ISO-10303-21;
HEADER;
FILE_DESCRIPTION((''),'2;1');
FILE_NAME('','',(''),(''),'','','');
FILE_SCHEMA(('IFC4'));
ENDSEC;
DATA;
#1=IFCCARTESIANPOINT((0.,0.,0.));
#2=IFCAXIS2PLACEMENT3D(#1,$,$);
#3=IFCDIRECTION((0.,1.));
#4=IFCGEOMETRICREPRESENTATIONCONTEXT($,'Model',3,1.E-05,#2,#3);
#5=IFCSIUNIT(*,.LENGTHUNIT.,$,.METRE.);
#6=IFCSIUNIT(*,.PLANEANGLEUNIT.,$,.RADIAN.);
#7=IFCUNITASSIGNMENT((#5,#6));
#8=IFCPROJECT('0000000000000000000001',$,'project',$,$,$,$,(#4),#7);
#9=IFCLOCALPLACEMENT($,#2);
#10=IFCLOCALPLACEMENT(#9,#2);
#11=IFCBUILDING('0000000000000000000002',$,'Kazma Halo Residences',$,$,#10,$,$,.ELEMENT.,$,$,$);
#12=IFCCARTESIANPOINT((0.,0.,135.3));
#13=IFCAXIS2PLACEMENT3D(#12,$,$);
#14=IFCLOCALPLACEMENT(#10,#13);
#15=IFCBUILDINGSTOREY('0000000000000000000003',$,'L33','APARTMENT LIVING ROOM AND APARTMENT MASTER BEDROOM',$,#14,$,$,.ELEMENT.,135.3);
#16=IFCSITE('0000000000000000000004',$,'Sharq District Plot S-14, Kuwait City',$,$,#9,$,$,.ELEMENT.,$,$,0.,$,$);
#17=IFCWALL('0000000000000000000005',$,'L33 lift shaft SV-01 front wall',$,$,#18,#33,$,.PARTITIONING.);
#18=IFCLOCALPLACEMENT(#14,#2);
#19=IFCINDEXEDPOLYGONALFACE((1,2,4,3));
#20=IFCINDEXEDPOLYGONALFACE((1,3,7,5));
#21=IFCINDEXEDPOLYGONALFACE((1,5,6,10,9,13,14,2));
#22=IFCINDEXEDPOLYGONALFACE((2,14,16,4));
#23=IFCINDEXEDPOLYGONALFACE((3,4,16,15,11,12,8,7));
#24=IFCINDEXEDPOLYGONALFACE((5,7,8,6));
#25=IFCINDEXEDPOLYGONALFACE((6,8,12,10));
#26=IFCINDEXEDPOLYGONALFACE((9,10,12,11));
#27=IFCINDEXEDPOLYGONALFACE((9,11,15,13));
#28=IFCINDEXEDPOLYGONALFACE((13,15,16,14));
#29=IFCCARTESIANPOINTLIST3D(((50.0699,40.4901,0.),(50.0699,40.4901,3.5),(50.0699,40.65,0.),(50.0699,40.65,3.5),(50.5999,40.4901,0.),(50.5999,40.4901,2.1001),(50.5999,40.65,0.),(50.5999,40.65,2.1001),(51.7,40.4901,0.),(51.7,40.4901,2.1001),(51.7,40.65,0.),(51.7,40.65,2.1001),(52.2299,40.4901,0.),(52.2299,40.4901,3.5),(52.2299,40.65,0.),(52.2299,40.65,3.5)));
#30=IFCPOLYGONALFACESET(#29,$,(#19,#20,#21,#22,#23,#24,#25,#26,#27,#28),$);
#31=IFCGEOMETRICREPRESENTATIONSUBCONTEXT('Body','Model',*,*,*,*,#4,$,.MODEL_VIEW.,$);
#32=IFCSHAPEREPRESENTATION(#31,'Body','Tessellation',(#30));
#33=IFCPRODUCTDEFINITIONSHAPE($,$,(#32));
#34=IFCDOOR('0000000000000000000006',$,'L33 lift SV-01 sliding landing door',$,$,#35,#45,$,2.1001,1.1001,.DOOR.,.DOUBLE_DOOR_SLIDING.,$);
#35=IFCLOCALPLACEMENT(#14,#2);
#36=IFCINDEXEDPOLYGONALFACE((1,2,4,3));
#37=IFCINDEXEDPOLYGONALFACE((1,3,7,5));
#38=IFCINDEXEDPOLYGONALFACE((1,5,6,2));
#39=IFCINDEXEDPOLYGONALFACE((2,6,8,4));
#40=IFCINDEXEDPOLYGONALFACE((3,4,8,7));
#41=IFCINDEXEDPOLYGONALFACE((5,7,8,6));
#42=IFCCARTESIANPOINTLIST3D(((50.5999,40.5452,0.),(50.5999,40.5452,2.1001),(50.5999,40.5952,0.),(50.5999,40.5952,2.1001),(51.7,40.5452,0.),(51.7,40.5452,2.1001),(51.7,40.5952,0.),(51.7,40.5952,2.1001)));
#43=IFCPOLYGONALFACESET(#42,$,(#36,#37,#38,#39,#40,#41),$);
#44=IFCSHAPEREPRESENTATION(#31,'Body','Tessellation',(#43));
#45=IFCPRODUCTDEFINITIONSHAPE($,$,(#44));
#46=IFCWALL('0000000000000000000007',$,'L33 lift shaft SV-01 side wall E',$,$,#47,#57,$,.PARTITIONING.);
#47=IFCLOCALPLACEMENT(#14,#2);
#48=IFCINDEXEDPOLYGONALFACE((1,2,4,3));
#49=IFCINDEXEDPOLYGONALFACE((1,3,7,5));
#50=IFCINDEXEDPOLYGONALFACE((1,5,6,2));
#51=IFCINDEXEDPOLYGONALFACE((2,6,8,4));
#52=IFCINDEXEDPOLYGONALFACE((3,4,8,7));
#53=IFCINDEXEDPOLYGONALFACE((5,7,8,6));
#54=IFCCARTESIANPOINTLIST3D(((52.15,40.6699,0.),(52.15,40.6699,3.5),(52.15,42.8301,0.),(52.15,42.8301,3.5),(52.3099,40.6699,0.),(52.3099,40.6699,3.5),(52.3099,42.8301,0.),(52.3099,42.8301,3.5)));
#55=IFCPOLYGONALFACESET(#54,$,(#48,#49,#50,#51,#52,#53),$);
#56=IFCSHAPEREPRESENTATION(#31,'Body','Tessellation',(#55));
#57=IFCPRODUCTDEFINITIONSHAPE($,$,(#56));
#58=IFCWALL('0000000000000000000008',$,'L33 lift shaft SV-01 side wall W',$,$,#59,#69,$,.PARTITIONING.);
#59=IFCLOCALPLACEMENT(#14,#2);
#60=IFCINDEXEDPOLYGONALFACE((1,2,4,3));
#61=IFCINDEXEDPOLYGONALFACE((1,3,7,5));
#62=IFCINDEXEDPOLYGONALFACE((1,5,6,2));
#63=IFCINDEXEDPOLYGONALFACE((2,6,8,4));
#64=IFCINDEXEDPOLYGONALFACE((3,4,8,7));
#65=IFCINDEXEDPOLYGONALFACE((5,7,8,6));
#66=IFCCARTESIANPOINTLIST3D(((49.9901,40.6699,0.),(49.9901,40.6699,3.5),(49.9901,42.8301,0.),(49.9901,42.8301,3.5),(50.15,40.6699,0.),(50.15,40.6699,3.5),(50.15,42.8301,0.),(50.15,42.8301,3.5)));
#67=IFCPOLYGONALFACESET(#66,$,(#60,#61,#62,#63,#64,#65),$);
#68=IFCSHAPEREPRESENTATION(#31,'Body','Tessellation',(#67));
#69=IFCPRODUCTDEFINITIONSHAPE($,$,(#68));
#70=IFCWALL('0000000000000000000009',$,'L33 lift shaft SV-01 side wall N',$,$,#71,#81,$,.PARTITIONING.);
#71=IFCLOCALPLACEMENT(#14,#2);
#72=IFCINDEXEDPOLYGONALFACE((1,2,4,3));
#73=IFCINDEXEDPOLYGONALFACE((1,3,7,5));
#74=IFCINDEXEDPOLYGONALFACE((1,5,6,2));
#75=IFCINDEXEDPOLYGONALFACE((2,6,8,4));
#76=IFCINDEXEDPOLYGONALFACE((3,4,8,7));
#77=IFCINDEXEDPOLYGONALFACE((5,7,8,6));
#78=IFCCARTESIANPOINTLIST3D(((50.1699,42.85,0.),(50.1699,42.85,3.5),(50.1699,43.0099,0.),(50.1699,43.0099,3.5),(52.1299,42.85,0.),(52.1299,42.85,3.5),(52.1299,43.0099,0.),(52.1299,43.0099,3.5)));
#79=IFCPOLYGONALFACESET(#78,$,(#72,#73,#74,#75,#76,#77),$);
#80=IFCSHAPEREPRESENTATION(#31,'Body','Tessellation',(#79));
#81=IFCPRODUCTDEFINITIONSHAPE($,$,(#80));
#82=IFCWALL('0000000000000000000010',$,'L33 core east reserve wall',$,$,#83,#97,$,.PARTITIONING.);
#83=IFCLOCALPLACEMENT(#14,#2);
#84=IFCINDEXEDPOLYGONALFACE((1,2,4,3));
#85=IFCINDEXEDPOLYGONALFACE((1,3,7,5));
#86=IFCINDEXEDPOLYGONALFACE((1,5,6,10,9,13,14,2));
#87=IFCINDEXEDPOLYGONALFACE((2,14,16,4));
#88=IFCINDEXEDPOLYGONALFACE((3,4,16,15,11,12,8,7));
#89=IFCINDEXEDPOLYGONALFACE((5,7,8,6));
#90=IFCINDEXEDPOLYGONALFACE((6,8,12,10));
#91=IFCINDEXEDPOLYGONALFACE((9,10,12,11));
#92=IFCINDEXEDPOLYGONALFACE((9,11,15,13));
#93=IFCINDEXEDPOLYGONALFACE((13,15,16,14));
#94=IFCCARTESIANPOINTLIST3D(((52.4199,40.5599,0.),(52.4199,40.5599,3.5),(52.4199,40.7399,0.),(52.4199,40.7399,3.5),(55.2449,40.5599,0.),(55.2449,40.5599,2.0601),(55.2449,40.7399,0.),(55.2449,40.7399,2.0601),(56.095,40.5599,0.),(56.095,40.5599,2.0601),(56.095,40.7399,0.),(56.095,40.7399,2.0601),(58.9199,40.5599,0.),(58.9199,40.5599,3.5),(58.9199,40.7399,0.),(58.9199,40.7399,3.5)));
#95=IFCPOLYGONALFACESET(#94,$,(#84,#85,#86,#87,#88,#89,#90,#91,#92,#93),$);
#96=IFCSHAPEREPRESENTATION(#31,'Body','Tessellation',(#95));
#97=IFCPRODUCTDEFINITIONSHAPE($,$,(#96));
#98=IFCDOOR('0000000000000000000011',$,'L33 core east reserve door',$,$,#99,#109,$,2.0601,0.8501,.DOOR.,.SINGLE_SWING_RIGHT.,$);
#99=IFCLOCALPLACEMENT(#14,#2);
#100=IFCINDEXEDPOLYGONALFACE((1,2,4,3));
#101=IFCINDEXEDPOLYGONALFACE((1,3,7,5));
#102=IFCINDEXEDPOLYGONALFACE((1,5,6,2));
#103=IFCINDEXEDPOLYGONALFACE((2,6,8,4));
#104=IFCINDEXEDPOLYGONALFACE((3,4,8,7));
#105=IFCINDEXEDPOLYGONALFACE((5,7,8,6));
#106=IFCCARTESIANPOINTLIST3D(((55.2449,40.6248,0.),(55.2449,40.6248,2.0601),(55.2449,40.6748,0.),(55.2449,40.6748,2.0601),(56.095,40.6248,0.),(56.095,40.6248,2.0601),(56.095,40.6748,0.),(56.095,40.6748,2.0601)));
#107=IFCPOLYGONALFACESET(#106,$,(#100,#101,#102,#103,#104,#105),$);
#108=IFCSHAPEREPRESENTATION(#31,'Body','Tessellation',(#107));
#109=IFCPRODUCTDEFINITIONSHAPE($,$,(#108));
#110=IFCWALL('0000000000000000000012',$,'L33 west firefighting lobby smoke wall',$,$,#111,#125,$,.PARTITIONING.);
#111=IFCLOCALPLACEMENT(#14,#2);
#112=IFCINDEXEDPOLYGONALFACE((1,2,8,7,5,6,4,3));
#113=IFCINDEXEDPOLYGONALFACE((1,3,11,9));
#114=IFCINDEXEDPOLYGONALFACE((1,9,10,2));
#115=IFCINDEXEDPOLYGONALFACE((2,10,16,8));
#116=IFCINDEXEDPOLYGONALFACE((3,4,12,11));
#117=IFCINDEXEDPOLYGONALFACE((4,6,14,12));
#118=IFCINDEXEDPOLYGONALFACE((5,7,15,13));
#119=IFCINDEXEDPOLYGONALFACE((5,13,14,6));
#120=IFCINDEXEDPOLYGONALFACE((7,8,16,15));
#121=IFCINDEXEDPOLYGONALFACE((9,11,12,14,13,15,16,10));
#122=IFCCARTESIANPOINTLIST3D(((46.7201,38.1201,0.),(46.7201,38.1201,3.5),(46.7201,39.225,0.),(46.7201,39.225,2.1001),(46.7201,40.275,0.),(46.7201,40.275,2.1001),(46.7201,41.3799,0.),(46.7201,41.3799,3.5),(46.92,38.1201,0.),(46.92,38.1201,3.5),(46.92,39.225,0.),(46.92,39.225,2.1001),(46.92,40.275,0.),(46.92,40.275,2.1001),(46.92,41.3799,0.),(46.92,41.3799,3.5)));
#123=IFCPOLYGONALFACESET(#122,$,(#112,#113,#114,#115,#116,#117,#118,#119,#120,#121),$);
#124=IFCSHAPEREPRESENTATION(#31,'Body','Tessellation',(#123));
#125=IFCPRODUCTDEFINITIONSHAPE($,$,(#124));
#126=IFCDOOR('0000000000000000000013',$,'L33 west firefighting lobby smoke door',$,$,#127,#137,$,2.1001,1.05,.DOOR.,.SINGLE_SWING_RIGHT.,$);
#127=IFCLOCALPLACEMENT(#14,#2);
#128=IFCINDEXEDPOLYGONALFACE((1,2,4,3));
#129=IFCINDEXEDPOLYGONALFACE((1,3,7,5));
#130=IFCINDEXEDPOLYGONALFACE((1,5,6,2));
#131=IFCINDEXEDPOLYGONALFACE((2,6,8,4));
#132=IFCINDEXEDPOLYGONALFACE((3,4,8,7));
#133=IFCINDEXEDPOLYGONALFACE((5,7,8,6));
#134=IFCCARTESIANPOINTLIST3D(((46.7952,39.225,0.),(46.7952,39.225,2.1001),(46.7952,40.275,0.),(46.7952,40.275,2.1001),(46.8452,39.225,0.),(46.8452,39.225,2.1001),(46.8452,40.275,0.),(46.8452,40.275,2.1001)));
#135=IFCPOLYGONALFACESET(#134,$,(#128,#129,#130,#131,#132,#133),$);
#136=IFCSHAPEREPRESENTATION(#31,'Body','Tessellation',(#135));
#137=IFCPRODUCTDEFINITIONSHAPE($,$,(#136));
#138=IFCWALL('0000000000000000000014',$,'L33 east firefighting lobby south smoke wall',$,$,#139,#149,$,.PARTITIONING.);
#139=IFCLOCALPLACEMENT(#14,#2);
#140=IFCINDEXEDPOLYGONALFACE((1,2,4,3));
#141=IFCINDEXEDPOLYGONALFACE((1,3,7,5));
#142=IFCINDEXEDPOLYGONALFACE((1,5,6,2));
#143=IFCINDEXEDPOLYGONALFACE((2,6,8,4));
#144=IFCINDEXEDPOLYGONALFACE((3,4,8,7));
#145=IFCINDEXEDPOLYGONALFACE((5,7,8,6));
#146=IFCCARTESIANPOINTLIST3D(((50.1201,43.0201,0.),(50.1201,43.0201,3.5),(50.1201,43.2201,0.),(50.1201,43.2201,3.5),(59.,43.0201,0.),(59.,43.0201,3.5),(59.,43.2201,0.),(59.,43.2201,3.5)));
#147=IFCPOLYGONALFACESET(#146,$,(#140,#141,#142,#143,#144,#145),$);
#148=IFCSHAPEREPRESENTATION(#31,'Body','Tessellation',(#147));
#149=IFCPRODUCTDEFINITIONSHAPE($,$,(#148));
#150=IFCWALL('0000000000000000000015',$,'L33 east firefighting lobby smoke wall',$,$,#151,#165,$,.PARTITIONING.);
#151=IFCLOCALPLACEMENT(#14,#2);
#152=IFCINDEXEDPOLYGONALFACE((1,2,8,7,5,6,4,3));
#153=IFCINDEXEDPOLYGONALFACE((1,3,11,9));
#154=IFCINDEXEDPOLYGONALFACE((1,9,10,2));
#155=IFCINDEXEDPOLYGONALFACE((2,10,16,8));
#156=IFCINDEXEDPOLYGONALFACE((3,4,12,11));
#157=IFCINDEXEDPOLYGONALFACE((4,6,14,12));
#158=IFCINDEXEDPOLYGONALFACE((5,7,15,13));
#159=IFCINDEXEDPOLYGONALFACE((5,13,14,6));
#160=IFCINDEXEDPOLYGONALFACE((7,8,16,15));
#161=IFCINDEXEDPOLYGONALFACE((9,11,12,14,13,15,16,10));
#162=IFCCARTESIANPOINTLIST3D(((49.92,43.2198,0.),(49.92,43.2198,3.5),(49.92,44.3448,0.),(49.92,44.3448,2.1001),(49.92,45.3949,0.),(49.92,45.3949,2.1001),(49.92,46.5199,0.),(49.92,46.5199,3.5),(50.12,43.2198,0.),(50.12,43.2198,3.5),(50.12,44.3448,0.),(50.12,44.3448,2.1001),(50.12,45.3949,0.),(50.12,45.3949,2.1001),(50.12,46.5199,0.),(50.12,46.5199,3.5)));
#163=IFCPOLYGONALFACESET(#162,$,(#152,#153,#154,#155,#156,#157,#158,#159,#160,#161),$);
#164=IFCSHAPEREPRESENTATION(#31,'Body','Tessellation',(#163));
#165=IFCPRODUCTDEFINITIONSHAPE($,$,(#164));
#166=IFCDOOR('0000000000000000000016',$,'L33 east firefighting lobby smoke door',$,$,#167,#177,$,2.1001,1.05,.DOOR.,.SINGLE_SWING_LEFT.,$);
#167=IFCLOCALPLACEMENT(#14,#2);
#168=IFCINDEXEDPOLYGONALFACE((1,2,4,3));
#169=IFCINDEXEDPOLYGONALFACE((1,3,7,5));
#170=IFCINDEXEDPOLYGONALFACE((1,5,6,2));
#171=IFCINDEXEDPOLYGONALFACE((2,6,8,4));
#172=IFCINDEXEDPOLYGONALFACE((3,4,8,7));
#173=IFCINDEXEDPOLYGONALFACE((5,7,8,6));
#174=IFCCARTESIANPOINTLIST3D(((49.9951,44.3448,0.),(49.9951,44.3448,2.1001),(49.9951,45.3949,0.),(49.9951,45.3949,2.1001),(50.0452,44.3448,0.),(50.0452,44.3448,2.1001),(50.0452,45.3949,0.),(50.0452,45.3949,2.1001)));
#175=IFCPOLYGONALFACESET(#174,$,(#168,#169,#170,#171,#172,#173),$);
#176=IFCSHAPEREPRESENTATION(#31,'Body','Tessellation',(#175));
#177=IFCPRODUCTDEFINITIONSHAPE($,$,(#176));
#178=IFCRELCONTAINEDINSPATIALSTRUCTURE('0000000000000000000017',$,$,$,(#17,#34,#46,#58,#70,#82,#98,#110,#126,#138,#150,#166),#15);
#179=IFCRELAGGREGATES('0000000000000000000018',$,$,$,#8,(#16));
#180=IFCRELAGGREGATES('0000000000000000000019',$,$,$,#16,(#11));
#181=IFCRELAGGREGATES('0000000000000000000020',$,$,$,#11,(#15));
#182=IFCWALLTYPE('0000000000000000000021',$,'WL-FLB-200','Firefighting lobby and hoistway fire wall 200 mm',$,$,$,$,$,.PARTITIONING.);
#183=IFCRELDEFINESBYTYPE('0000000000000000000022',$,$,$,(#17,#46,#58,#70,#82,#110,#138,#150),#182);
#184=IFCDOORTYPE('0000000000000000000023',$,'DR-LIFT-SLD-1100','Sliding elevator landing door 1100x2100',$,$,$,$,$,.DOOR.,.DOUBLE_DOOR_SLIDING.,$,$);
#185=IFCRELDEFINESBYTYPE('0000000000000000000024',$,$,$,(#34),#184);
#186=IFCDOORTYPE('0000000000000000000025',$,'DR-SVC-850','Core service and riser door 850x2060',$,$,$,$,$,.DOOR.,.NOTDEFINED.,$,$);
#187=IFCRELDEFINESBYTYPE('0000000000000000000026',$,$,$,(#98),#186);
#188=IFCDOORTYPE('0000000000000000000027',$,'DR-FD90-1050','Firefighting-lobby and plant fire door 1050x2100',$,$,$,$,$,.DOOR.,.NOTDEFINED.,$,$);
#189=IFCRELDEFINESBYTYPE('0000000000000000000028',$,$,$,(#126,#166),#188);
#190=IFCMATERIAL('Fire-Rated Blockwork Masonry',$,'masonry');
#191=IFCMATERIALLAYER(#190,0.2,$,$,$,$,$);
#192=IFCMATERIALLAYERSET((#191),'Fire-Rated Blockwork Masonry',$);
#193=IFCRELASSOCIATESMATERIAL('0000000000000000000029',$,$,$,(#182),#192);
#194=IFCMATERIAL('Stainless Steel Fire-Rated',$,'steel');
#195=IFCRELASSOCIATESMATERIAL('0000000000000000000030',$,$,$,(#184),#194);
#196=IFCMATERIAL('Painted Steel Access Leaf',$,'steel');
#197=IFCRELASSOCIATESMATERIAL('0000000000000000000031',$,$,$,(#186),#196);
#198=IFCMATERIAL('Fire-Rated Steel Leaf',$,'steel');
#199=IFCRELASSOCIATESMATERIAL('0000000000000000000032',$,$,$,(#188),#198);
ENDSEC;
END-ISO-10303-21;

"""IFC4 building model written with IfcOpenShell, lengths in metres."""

from ifc_helpers import new_model, si_unit, direction, frame, frame_2d, origin, place, context, subcontext, project, spatial, rectangle, extrude, material, layer, layer_set, type_object, element, fill, save


model = new_model("IFC4")

# Units and contexts
model_context = context("Model", 3, precision=1e-05, world=origin(), true_north=direction((0.0, 1.0)))
body_context = subcontext(model_context, "Body", "Model", "MODEL_VIEW")
ifc_project = project(units=[si_unit("LENGTHUNIT", "METRE"), si_unit("PLANEANGLEUNIT", "RADIAN")], contexts=[model_context])

# Site, building, storey
site_placement = place(None, origin())
site = spatial("IfcSite", under=ifc_project, at=site_placement, Name="Sharq District Plot S-14, Kuwait City", CompositionType="ELEMENT", RefElevation=0.0)
building_placement = place(site_placement, origin())
building = spatial("IfcBuilding", under=site, at=building_placement, Name="Kazma Halo Residences", CompositionType="ELEMENT")
storey_placement = place(building_placement, frame((0.0, 0.0, 135.3)))
storey = spatial("IfcBuildingStorey", under=building, at=storey_placement, Name="L33", Description="APARTMENT LIVING ROOM AND APARTMENT MASTER BEDROOM", CompositionType="ELEMENT", Elevation=135.3)

# Shared definitions
ifc_material_1 = material(Name="Fire-Rated Blockwork Masonry", Category="masonry")
ifc_layer_1 = layer(ifc_material_1, 0.2)
ifc_layer_set_1 = layer_set([ifc_layer_1], Name="Fire-Rated Blockwork Masonry")
wall_type_1 = type_object("IfcWallType", Name="WL-FLB-200", Description="Firefighting lobby and hoistway fire wall 200 mm", PredefinedType="PARTITIONING", material=ifc_layer_set_1)

# Wall, opening, door
wall_1_placement = place(storey_placement, frame((52.23, 40.5701, 0.0), z_axis=(0.0, 0.0, 1.0), x_axis=(-1.0, 0.0, 0.0)))
wall_1 = element("IfcWall", 1, at=wall_1_placement, inside=storey, type_object=wall_type_1, Name="L33 lift shaft SV-01 front wall", PredefinedType="PARTITIONING", context=body_context, shape_type="SweptSolid", body=[
    extrude(rectangle(XDim=2.1599, YDim=0.1599, at=frame_2d((1.0801, 0.0))), origin(), (0.0, 0.0, 1.0), 3.5),
])
opening_1_placement = place(wall_1_placement, frame((0.53, 0.0, 0.0)))
opening_1 = element("IfcOpeningElement", 2, at=opening_1_placement, cuts=wall_1, PredefinedType="OPENING", context=body_context, shape_type="SweptSolid", body=[
    extrude(rectangle(XDim=1.1001, YDim=2.1001, at=frame_2d((0.55, 1.05))), frame((0.0, 0.0898, 0.0), z_axis=(0.0, -1.0, 0.0), x_axis=(1.0, 0.0, 0.0)), (0.0, 0.0, 1.0), 0.1799),
])
ifc_material_2 = material(Name="Stainless Steel Fire-Rated", Category="steel")
door_type_1 = type_object("IfcDoorType", Name="DR-LIFT-SLD-1100", Description="Sliding elevator landing door 1100x2100", OperationType="DOUBLE_DOOR_SLIDING", PredefinedType="DOOR", material=ifc_material_2)
door_1_placement = place(opening_1_placement, origin())
door_1 = element("IfcDoor", 3, at=door_1_placement, inside=storey, type_object=door_type_1, Name="L33 lift SV-01 sliding landing door", OperationType="DOUBLE_DOOR_SLIDING", OverallHeight=2.1001, OverallWidth=1.1001, PredefinedType="DOOR", context=body_context, shape_type="SweptSolid", body=[
    extrude(rectangle(XDim=1.1001, YDim=2.1001, at=frame_2d((0.55, 1.05))), frame((0.0, 0.0249, 0.0), z_axis=(0.0, -1.0, 0.0), x_axis=(1.0, 0.0, 0.0)), (0.0, 0.0, 1.0), 0.05),
])
fill(opening_1, door_1)

# Walls
for number, where, z_axis, x_axis, name in (
    (4, (52.23, 40.6699, 0.0), (0.0, 0.0, 1.0), (0.0, 1.0, 0.0), "L33 lift shaft SV-01 side wall E"),
    (5, (50.0701, 40.6699, 0.0), (0.0, 0.0, 1.0), (0.0, 1.0, 0.0), "L33 lift shaft SV-01 side wall W"),
):
    element("IfcWall", number, at=place(storey_placement, frame(where, z_axis=z_axis, x_axis=x_axis)), inside=storey, type_object=wall_type_1, Name=name, PredefinedType="PARTITIONING", context=body_context, shape_type="SweptSolid", body=[
        extrude(rectangle(XDim=2.1602, YDim=0.1599, at=frame_2d((1.0801, 0.0))), origin(), (0.0, 0.0, 1.0), 3.5),
    ])
wall_2_placement = place(storey_placement, frame((50.1699, 42.9299, 0.0), z_axis=(0.0, 0.0, 1.0), x_axis=(1.0, 0.0, 0.0)))
element("IfcWall", 6, at=wall_2_placement, inside=storey, type_object=wall_type_1, Name="L33 lift shaft SV-01 side wall N", PredefinedType="PARTITIONING", context=body_context, shape_type="SweptSolid", body=[
    extrude(rectangle(XDim=1.96, YDim=0.1599, at=frame_2d((0.98, 0.0))), origin(), (0.0, 0.0, 1.0), 3.5),
])

# Walls, openings, doors
wall_3_placement = place(storey_placement, frame((52.4199, 40.6499, 0.0), z_axis=(0.0, 0.0, 1.0), x_axis=(1.0, 0.0, 0.0)))
wall_3 = element("IfcWall", 7, at=wall_3_placement, inside=storey, type_object=wall_type_1, Name="L33 core east reserve wall", PredefinedType="PARTITIONING", context=body_context, shape_type="SweptSolid", body=[
    extrude(rectangle(XDim=6.5, YDim=0.1799, at=frame_2d((3.25, 0.0))), origin(), (0.0, 0.0, 1.0), 3.5),
])
opening_2_placement = place(wall_3_placement, frame((2.825, 0.0, 0.0)))
opening_2 = element("IfcOpeningElement", 8, at=opening_2_placement, cuts=wall_3, PredefinedType="OPENING", context=body_context, shape_type="SweptSolid", body=[
    extrude(rectangle(XDim=0.8501, YDim=2.0601, at=frame_2d((0.425, 1.03))), frame((0.0, 0.0999, 0.0), z_axis=(0.0, -1.0, 0.0), x_axis=(1.0, 0.0, 0.0)), (0.0, 0.0, 1.0), 0.2),
])
ifc_material_3 = material(Name="Painted Steel Access Leaf", Category="steel")
door_type_2 = type_object("IfcDoorType", Name="DR-SVC-850", Description="Core service and riser door 850x2060", OperationType="NOTDEFINED", PredefinedType="DOOR", material=ifc_material_3)
door_2_placement = place(opening_2_placement, origin())
door_2 = element("IfcDoor", 9, at=door_2_placement, inside=storey, type_object=door_type_2, Name="L33 core east reserve door", OperationType="SINGLE_SWING_RIGHT", OverallHeight=2.0601, OverallWidth=0.8501, PredefinedType="DOOR", context=body_context, shape_type="SweptSolid", body=[
    extrude(rectangle(XDim=0.8501, YDim=2.0601, at=frame_2d((0.425, 1.03))), frame((0.0, 0.0249, 0.0), z_axis=(0.0, -1.0, 0.0), x_axis=(1.0, 0.0, 0.0)), (0.0, 0.0, 1.0), 0.05),
])
fill(opening_2, door_2)
wall_4_placement = place(storey_placement, frame((46.8201, 38.1201, 0.0), z_axis=(0.0, 0.0, 1.0), x_axis=(0.0, 1.0, 0.0)))
wall_4 = element("IfcWall", 10, at=wall_4_placement, inside=storey, type_object=wall_type_1, Name="L33 west firefighting lobby smoke wall", PredefinedType="PARTITIONING", context=body_context, shape_type="SweptSolid", body=[
    extrude(rectangle(XDim=3.2598, YDim=0.2, at=frame_2d((1.6299, 0.0))), origin(), (0.0, 0.0, 1.0), 3.5),
])
opening_3_placement = place(wall_4_placement, frame((1.105, 0.0, 0.0)))
opening_3 = element("IfcOpeningElement", 11, at=opening_3_placement, cuts=wall_4, PredefinedType="OPENING", context=body_context, shape_type="SweptSolid", body=[
    extrude(rectangle(XDim=1.05, YDim=2.1001, at=frame_2d((0.5249, 1.05))), frame((0.0, 0.1099, 0.0), z_axis=(0.0, -1.0, 0.0), x_axis=(1.0, 0.0, 0.0)), (0.0, 0.0, 1.0), 0.22),
])
ifc_material_4 = material(Name="Fire-Rated Steel Leaf", Category="steel")
door_type_3 = type_object("IfcDoorType", Name="DR-FD90-1050", Description="Firefighting-lobby and plant fire door 1050x2100", OperationType="NOTDEFINED", PredefinedType="DOOR", material=ifc_material_4)
door_3_placement = place(opening_3_placement, origin())
door_3 = element("IfcDoor", 12, at=door_3_placement, inside=storey, type_object=door_type_3, Name="L33 west firefighting lobby smoke door", OperationType="SINGLE_SWING_RIGHT", OverallHeight=2.1001, OverallWidth=1.05, PredefinedType="DOOR", context=body_context, shape_type="SweptSolid", body=[
    extrude(rectangle(XDim=1.05, YDim=2.1001, at=frame_2d((0.5249, 1.05))), frame((0.0, 0.0249, 0.0), z_axis=(0.0, -1.0, 0.0), x_axis=(1.0, 0.0, 0.0)), (0.0, 0.0, 1.0), 0.05),
])
fill(opening_3, door_3)

# Wall
wall_5_placement = place(storey_placement, frame((50.1201, 43.1201, 0.0), z_axis=(0.0, 0.0, 1.0), x_axis=(1.0, 0.0, 0.0)))
element("IfcWall", 13, at=wall_5_placement, inside=storey, type_object=wall_type_1, Name="L33 east firefighting lobby south smoke wall", PredefinedType="PARTITIONING", context=body_context, shape_type="SweptSolid", body=[
    extrude(rectangle(XDim=8.8799, YDim=0.2, at=frame_2d((4.4399, 0.0))), origin(), (0.0, 0.0, 1.0), 3.5),
])

# Wall, opening, door
wall_6_placement = place(storey_placement, frame((50.02, 43.22, 0.0), z_axis=(0.0, 0.0, 1.0), x_axis=(0.0, 1.0, 0.0)))
wall_6 = element("IfcWall", 14, at=wall_6_placement, inside=storey, type_object=wall_type_1, Name="L33 east firefighting lobby smoke wall", PredefinedType="PARTITIONING", context=body_context, shape_type="SweptSolid", body=[
    extrude(rectangle(XDim=3.3, YDim=0.2, at=frame_2d((1.6499, 0.0))), origin(), (0.0, 0.0, 1.0), 3.5),
])
opening_4_placement = place(wall_6_placement, frame((1.125, 0.0, 0.0)))
opening_4 = element("IfcOpeningElement", 15, at=opening_4_placement, cuts=wall_6, PredefinedType="OPENING", context=body_context, shape_type="SweptSolid", body=[
    extrude(rectangle(XDim=1.05, YDim=2.1001, at=frame_2d((0.5249, 1.05))), frame((0.0, 0.1099, 0.0), z_axis=(0.0, -1.0, 0.0), x_axis=(1.0, 0.0, 0.0)), (0.0, 0.0, 1.0), 0.22),
])
door_4_placement = place(opening_4_placement, origin())
door_4 = element("IfcDoor", 16, at=door_4_placement, inside=storey, type_object=door_type_3, Name="L33 east firefighting lobby smoke door", OperationType="SINGLE_SWING_LEFT", OverallHeight=2.1001, OverallWidth=1.05, PredefinedType="DOOR", context=body_context, shape_type="SweptSolid", body=[
    extrude(rectangle(XDim=1.05, YDim=2.1001, at=frame_2d((0.5249, 1.05))), frame((0.0, 0.0249, 0.0), z_axis=(0.0, -1.0, 0.0), x_axis=(1.0, 0.0, 0.0)), (0.0, 0.0, 1.0), 0.05),
])
fill(opening_4, door_4)

save(model, "model.ifc")
